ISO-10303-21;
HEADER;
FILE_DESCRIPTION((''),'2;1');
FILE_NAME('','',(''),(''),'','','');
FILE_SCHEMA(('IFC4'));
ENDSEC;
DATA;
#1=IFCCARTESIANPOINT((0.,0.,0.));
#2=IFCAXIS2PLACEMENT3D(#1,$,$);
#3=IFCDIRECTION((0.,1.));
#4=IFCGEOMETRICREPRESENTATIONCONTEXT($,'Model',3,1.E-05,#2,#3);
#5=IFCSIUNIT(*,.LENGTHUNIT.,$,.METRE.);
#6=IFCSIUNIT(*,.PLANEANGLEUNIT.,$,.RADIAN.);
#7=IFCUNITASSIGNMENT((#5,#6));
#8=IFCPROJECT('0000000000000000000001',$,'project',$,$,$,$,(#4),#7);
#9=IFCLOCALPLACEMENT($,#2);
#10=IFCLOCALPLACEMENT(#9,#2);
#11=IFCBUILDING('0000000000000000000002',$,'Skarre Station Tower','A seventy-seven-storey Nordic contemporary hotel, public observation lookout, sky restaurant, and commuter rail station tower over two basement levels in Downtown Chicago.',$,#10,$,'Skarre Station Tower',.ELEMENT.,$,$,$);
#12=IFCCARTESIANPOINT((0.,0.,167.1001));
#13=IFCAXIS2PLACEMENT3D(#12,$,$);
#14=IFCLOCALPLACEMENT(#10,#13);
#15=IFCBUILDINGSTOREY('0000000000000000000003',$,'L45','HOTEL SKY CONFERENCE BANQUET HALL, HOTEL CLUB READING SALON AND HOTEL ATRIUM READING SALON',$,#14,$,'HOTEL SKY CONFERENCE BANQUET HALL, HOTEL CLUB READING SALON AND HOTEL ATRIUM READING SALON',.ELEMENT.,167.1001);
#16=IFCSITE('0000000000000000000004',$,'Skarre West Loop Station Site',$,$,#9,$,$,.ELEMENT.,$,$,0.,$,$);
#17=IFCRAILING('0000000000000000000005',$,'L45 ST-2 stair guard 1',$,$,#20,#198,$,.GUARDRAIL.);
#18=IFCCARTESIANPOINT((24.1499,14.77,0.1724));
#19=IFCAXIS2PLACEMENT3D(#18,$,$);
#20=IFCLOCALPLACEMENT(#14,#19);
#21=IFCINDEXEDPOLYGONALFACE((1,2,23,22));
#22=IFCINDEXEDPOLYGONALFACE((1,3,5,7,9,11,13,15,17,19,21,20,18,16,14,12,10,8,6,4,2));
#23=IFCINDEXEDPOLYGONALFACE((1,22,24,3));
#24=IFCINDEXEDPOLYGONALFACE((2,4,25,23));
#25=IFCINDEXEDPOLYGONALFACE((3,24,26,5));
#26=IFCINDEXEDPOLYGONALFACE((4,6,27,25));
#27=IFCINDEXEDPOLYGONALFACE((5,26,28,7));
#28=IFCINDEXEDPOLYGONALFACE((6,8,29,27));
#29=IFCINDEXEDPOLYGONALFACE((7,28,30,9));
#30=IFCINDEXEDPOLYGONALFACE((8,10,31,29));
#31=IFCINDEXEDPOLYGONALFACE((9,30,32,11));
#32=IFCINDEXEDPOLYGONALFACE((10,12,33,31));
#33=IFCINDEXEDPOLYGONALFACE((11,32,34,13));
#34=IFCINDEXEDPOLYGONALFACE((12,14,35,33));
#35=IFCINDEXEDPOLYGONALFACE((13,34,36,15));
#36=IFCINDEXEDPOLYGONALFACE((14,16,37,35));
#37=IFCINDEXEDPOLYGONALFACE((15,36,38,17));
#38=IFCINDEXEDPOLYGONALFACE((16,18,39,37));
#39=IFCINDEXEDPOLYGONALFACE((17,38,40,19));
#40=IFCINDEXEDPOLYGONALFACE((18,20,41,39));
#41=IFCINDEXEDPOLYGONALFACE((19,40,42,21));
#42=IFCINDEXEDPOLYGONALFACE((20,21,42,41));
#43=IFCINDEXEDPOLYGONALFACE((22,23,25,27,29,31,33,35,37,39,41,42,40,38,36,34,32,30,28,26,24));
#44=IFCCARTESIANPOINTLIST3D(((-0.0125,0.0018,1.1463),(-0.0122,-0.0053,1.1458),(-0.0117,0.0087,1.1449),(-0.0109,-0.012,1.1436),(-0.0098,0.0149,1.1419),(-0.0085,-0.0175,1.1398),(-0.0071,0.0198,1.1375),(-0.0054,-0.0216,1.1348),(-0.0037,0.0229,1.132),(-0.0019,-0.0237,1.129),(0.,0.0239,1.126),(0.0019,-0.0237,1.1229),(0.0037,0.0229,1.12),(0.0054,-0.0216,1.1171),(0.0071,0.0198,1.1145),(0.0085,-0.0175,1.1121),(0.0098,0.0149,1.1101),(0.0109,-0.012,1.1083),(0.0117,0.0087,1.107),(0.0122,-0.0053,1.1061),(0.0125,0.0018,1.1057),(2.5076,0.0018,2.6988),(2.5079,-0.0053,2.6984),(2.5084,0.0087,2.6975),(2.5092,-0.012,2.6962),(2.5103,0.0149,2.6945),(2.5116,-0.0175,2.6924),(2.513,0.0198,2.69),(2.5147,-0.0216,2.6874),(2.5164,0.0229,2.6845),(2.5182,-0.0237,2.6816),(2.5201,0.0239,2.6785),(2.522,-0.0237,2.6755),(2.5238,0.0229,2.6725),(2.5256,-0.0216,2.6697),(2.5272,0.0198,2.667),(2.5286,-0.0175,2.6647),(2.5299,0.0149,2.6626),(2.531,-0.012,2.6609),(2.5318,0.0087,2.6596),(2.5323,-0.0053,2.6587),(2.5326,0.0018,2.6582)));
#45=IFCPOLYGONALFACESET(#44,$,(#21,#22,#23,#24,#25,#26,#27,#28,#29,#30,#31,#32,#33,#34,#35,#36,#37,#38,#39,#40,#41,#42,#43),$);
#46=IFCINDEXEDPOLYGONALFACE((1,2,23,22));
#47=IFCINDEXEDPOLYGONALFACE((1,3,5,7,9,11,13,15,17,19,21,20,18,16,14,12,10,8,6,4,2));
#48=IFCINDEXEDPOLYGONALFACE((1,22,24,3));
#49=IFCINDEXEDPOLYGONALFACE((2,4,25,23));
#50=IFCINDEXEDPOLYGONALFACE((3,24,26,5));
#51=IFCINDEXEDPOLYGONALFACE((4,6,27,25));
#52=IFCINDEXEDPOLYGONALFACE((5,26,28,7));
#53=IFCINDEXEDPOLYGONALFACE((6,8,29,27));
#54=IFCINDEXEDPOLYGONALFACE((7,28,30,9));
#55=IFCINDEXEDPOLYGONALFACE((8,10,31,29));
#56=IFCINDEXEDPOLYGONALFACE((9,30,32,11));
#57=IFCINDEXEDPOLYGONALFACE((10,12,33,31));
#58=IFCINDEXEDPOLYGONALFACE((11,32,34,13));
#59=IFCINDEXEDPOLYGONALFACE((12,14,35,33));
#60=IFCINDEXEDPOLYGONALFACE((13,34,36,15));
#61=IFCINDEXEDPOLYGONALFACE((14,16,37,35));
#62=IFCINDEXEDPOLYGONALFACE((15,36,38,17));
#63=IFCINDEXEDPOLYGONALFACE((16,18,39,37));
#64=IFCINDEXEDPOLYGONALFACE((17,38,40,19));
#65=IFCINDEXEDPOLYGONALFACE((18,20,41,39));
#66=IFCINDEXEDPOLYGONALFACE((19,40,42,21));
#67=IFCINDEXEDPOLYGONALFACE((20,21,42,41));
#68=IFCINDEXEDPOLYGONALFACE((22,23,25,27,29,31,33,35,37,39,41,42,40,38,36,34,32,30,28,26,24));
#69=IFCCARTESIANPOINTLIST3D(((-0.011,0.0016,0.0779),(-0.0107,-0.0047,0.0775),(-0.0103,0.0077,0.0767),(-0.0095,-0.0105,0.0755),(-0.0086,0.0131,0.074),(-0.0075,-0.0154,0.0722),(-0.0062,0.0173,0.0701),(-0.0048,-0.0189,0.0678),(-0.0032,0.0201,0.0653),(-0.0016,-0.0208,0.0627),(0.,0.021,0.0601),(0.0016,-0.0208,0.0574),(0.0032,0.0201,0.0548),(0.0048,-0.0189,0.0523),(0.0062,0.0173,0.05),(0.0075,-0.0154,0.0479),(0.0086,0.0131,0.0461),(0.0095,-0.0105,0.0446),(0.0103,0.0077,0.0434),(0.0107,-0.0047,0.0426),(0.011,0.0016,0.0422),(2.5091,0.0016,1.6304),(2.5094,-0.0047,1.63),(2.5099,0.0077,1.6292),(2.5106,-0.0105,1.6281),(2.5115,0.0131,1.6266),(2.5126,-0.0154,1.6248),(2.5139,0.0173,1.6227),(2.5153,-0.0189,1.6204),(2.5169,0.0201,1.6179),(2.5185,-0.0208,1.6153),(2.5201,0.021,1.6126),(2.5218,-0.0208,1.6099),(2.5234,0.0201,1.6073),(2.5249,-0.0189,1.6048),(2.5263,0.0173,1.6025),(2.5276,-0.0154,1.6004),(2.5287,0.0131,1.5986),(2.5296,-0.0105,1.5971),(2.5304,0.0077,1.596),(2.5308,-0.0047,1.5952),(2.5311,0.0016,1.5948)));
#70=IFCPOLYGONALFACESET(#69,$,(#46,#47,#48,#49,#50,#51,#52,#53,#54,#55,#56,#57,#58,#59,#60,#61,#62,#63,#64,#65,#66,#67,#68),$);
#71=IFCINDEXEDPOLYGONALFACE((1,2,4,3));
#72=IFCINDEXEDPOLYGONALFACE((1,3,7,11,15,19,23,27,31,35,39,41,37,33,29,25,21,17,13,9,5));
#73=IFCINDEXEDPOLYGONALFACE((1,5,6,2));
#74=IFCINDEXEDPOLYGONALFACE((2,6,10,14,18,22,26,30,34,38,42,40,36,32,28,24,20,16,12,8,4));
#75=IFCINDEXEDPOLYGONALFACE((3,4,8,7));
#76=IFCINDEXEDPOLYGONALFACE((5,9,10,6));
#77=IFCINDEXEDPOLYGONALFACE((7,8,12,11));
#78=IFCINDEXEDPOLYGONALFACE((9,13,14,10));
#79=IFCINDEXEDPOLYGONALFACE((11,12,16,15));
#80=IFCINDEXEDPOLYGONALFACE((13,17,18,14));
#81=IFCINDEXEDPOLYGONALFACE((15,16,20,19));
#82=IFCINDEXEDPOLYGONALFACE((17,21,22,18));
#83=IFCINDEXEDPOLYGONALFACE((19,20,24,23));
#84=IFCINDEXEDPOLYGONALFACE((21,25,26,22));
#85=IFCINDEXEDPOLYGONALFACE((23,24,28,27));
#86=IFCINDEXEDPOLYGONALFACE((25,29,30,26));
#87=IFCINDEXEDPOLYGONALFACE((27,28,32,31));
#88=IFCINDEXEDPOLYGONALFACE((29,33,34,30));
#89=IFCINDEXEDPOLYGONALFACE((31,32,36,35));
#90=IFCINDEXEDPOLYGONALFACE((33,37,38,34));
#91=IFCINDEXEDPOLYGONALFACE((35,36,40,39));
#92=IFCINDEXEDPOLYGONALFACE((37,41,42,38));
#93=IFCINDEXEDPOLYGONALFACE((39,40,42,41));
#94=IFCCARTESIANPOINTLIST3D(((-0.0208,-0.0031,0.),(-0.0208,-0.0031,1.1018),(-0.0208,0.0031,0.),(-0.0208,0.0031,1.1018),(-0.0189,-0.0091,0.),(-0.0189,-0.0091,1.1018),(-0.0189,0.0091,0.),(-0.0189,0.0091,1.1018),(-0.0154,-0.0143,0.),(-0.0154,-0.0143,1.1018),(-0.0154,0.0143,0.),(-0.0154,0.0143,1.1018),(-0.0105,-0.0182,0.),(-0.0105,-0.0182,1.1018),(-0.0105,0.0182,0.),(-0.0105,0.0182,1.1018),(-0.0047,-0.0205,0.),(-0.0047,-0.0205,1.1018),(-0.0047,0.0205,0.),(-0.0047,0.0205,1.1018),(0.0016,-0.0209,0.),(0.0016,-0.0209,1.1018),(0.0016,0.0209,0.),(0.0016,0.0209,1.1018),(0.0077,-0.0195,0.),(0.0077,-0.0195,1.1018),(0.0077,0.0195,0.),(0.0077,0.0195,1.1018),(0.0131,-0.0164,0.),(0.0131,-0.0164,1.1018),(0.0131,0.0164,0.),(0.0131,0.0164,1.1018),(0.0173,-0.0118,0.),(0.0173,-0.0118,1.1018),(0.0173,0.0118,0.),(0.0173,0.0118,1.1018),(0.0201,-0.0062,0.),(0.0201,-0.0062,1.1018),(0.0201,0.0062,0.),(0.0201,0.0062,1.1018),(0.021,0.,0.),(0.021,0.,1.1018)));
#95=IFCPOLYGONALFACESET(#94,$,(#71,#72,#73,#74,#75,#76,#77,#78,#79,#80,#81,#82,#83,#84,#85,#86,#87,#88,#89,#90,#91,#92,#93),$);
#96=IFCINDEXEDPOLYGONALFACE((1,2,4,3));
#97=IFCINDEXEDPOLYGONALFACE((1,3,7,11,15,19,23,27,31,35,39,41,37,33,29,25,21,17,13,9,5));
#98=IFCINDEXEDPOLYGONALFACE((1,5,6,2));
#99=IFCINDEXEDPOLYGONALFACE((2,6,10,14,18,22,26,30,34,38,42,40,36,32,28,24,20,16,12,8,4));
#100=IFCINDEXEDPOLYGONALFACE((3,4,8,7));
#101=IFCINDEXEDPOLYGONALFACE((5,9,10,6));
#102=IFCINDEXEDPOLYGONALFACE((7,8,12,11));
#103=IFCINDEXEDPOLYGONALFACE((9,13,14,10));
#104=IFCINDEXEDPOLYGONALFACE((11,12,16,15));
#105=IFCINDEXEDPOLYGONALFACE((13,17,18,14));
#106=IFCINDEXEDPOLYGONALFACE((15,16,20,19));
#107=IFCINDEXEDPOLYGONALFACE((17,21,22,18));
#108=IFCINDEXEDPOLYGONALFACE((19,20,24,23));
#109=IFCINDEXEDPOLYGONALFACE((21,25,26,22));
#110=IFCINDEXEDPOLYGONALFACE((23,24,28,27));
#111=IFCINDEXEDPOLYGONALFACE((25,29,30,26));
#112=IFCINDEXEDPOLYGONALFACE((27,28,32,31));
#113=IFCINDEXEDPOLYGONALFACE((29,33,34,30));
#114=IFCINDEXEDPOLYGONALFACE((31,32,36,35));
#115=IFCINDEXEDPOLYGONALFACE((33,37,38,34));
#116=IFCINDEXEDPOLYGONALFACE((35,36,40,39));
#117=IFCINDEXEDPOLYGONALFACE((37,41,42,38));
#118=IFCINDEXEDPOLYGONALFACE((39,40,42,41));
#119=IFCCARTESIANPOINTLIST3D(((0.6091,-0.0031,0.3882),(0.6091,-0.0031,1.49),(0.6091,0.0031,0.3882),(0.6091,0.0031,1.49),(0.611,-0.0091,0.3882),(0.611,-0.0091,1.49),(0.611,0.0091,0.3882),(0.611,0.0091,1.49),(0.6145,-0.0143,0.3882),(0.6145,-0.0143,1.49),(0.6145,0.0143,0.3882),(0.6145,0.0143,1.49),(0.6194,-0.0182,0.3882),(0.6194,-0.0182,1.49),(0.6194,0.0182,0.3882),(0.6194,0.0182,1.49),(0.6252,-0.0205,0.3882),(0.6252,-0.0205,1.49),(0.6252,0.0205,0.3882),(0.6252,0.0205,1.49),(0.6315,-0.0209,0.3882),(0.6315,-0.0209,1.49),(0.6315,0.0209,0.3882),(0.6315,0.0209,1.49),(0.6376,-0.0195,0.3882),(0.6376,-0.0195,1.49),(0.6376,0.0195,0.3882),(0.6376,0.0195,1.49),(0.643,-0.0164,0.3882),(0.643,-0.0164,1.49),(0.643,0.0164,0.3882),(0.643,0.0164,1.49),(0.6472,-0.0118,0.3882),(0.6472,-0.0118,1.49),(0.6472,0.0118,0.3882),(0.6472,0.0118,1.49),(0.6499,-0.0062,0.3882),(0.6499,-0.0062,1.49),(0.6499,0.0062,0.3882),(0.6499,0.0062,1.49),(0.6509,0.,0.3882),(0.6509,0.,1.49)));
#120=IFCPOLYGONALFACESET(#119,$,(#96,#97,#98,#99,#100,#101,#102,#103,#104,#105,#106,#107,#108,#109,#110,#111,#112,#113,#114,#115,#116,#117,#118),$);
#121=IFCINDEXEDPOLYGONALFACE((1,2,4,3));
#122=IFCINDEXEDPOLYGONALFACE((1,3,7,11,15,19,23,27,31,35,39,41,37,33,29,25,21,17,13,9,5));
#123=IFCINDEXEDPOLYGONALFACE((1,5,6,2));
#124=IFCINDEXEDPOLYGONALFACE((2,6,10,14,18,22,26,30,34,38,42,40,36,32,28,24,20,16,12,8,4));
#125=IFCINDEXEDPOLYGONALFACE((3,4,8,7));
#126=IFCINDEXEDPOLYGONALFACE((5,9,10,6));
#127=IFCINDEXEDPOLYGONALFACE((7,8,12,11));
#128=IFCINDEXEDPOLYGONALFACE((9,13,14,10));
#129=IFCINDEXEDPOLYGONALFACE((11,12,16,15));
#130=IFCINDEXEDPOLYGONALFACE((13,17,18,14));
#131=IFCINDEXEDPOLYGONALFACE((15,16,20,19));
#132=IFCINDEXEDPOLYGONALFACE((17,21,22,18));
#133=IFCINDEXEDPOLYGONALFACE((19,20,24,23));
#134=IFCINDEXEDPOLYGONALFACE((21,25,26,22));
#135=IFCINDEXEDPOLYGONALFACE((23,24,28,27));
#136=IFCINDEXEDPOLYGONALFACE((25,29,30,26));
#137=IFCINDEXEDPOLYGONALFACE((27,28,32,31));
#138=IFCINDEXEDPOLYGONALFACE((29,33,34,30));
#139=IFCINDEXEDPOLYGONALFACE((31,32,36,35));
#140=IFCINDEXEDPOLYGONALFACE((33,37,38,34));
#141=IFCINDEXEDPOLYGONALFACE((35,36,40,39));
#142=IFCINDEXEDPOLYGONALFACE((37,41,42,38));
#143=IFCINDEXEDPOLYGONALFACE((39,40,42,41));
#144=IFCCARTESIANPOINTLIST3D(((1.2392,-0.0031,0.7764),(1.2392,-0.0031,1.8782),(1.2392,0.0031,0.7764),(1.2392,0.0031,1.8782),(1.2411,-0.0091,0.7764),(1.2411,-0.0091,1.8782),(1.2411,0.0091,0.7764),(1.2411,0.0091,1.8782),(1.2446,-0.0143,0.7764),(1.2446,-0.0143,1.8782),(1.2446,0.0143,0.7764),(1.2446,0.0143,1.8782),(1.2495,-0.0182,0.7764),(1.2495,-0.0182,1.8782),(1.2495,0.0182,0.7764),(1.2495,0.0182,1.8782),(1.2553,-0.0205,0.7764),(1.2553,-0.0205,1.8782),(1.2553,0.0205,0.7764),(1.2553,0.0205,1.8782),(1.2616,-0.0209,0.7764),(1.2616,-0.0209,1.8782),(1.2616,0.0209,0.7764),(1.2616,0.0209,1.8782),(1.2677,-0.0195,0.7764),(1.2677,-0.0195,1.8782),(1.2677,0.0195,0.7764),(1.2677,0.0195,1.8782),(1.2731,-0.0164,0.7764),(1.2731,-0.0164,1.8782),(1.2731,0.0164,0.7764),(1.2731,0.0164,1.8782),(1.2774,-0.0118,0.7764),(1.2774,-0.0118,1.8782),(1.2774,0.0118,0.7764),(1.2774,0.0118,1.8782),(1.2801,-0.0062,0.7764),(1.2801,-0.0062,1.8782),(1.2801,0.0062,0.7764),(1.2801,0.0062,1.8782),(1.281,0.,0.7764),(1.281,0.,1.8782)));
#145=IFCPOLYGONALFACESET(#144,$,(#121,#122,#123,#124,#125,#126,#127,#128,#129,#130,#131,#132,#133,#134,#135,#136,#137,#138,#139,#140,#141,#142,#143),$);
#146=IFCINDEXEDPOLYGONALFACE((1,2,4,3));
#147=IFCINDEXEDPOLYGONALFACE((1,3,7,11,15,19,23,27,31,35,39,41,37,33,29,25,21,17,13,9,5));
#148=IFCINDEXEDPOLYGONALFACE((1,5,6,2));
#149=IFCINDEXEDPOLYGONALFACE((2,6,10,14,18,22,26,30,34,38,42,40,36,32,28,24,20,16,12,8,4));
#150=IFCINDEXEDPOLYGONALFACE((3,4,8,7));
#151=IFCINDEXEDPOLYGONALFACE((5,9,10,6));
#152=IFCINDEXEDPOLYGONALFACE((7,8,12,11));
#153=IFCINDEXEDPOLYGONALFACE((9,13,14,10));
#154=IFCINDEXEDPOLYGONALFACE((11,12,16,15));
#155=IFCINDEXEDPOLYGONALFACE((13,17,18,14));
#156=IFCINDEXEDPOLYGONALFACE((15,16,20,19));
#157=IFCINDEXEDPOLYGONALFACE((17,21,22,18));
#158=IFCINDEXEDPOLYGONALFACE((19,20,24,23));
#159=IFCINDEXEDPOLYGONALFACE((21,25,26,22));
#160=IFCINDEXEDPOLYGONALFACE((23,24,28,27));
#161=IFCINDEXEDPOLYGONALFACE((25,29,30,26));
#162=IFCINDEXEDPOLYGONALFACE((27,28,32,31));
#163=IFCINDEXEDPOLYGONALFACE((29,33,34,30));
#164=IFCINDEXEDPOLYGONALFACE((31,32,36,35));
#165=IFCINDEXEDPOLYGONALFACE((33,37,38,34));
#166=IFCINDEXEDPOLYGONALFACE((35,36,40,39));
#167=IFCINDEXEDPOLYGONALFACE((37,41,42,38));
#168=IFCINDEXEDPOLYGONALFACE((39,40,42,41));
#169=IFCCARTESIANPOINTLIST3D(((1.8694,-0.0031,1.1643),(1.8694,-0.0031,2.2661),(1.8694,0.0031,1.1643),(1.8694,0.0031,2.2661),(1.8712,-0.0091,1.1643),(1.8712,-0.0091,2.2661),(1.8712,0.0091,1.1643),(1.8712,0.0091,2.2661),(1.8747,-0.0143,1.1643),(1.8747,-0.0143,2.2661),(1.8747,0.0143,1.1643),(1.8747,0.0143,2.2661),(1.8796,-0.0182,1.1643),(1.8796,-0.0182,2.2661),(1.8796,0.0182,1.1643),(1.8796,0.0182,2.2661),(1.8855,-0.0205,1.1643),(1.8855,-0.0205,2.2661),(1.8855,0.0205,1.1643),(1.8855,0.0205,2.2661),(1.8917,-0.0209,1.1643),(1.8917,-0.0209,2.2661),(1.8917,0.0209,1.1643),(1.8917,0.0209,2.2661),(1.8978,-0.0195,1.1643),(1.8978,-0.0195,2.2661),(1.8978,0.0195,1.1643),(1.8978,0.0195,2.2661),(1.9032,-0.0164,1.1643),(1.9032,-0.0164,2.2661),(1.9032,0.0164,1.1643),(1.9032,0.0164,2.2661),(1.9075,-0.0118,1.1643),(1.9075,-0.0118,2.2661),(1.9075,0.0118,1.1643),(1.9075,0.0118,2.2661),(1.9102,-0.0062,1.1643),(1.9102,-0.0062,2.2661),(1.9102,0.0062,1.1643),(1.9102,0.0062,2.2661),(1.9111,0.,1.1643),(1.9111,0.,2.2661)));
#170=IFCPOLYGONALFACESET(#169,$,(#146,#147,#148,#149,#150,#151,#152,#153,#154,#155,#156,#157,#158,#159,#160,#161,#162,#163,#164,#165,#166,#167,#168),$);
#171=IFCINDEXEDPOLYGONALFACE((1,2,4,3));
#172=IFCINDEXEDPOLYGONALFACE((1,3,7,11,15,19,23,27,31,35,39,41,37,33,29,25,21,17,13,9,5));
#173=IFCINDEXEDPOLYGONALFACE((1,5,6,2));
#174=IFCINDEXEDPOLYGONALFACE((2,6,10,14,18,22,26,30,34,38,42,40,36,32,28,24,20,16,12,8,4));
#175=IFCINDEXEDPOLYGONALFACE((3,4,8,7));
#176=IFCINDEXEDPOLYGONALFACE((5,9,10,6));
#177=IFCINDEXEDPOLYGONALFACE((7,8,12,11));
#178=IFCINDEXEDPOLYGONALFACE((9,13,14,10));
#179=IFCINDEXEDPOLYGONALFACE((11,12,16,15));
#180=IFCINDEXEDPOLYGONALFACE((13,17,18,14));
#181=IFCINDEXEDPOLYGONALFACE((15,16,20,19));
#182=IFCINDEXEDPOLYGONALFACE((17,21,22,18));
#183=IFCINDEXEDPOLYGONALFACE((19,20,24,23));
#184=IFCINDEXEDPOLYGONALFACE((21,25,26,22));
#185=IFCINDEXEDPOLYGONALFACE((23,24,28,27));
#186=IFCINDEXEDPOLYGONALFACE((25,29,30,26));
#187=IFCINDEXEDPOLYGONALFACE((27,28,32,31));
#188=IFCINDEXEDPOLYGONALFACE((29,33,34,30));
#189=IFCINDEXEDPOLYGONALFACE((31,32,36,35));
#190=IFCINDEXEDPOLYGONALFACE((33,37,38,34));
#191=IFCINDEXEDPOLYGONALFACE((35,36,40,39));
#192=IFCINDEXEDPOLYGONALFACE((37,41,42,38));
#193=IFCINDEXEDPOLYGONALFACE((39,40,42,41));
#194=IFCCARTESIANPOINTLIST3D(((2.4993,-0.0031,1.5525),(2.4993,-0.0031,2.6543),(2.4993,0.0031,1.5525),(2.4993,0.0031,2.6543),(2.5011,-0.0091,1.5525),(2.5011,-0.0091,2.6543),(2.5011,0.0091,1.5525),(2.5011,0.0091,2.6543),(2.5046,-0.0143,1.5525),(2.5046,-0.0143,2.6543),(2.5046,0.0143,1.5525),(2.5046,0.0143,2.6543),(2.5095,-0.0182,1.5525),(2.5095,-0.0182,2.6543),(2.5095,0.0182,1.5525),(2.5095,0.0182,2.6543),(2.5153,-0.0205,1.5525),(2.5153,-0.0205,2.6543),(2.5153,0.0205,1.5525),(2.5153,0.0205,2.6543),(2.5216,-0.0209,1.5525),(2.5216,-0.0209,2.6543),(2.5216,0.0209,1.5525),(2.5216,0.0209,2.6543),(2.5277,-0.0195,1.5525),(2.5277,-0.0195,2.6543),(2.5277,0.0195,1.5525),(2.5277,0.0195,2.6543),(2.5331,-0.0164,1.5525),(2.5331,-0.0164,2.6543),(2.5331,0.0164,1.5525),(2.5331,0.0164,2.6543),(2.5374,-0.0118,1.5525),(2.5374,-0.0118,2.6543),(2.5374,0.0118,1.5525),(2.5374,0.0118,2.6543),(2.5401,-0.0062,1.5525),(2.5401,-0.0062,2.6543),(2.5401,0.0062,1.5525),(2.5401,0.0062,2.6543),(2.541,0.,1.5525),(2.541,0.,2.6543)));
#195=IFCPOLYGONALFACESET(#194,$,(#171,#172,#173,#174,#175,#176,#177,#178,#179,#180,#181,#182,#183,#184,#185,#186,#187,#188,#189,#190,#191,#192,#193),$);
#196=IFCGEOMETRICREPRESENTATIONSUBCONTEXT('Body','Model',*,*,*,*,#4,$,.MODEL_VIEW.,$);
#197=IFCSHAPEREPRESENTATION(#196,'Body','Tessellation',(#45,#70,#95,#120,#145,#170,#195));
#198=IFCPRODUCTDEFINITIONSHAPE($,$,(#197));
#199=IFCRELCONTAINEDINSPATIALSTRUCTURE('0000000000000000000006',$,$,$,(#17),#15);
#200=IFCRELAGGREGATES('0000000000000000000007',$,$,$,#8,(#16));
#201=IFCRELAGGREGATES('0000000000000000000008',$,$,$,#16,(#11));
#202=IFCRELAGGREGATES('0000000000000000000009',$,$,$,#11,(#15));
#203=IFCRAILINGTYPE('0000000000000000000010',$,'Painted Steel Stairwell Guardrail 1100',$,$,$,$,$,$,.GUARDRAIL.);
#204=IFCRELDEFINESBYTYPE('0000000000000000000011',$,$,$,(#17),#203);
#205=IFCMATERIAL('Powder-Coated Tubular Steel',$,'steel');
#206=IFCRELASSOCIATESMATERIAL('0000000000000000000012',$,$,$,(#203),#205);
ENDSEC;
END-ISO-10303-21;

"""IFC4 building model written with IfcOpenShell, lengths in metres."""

from ifc_helpers import new_model, si_unit, direction, frame, origin, origin_2d, place, context, subcontext, project, spatial, circle, extrude, material, type_object, element, save


model = new_model("IFC4")

# Units and contexts
model_context = context("Model", 3, precision=1e-05, world=origin(), true_north=direction((0.0, 1.0)))
body_context = subcontext(model_context, "Body", "Model", "MODEL_VIEW")
ifc_project = project(units=[si_unit("LENGTHUNIT", "METRE"), si_unit("PLANEANGLEUNIT", "RADIAN")], contexts=[model_context])

# Site, building, storey
site_placement = place(None, origin())
site = spatial("IfcSite", under=ifc_project, at=site_placement, Name="Skarre West Loop Station Site", CompositionType="ELEMENT", RefElevation=0.0)
building_placement = place(site_placement, origin())
building = spatial("IfcBuilding", under=site, at=building_placement, Name="Skarre Station Tower", Description="A seventy-seven-storey Nordic contemporary hotel, public observation lookout, sky restaurant, and commuter rail station tower over two basement levels in Downtown Chicago.", LongName="Skarre Station Tower", CompositionType="ELEMENT")
storey_placement = place(building_placement, frame((0.0, 0.0, 167.1001)))
storey = spatial("IfcBuildingStorey", under=building, at=storey_placement, Name="L45", Description="HOTEL SKY CONFERENCE BANQUET HALL, HOTEL CLUB READING SALON AND HOTEL ATRIUM READING SALON", LongName="HOTEL SKY CONFERENCE BANQUET HALL, HOTEL CLUB READING SALON AND HOTEL ATRIUM READING SALON", CompositionType="ELEMENT", Elevation=167.1001)

# Railing
ifc_material_1 = material(Name="Powder-Coated Tubular Steel", Category="steel")
railing_type_1 = type_object("IfcRailingType", Name="Painted Steel Stairwell Guardrail 1100", PredefinedType="GUARDRAIL", material=ifc_material_1)
railing_1_placement = place(storey_placement, frame((24.1499, 14.77, 0.1724)))
element("IfcRailing", 1, at=railing_1_placement, inside=storey, type_object=railing_type_1, Name="L45 ST-2 stair guard 1", PredefinedType="GUARDRAIL", context=body_context, shape_type="SweptSolid", body=[
    extrude(circle(Radius=0.0239, at=origin_2d()), frame((0.0, 0.0, 1.126), z_axis=(0.8514, 0.0, 0.524516), x_axis=(0.0, 1.0, 0.0)), (0.0, 0.0, 1.0), 2.96),
    extrude(circle(Radius=0.021, at=origin_2d()), frame((0.0, 0.0, 0.0601), z_axis=(0.8514, 0.0, 0.524516), x_axis=(0.0, 1.0, 0.0)), (0.0, 0.0, 1.0), 2.96),
    extrude(circle(Radius=0.021, at=origin_2d()), origin(), (0.0, 0.0, 1.0), 1.1018),
    extrude(circle(Radius=0.021, at=origin_2d()), frame((0.6299, 0.0, 0.3882)), (0.0, 0.0, 1.0), 1.1018),
    extrude(circle(Radius=0.021, at=origin_2d()), frame((1.26, 0.0, 0.7764)), (0.0, 0.0, 1.0), 1.1018),
    extrude(circle(Radius=0.021, at=origin_2d()), frame((1.8901, 0.0, 1.1643)), (0.0, 0.0, 1.0), 1.1018),
    extrude(circle(Radius=0.021, at=origin_2d()), frame((2.52, 0.0, 1.5525)), (0.0, 0.0, 1.0), 1.1018),
])

save(model, "model.ifc")
